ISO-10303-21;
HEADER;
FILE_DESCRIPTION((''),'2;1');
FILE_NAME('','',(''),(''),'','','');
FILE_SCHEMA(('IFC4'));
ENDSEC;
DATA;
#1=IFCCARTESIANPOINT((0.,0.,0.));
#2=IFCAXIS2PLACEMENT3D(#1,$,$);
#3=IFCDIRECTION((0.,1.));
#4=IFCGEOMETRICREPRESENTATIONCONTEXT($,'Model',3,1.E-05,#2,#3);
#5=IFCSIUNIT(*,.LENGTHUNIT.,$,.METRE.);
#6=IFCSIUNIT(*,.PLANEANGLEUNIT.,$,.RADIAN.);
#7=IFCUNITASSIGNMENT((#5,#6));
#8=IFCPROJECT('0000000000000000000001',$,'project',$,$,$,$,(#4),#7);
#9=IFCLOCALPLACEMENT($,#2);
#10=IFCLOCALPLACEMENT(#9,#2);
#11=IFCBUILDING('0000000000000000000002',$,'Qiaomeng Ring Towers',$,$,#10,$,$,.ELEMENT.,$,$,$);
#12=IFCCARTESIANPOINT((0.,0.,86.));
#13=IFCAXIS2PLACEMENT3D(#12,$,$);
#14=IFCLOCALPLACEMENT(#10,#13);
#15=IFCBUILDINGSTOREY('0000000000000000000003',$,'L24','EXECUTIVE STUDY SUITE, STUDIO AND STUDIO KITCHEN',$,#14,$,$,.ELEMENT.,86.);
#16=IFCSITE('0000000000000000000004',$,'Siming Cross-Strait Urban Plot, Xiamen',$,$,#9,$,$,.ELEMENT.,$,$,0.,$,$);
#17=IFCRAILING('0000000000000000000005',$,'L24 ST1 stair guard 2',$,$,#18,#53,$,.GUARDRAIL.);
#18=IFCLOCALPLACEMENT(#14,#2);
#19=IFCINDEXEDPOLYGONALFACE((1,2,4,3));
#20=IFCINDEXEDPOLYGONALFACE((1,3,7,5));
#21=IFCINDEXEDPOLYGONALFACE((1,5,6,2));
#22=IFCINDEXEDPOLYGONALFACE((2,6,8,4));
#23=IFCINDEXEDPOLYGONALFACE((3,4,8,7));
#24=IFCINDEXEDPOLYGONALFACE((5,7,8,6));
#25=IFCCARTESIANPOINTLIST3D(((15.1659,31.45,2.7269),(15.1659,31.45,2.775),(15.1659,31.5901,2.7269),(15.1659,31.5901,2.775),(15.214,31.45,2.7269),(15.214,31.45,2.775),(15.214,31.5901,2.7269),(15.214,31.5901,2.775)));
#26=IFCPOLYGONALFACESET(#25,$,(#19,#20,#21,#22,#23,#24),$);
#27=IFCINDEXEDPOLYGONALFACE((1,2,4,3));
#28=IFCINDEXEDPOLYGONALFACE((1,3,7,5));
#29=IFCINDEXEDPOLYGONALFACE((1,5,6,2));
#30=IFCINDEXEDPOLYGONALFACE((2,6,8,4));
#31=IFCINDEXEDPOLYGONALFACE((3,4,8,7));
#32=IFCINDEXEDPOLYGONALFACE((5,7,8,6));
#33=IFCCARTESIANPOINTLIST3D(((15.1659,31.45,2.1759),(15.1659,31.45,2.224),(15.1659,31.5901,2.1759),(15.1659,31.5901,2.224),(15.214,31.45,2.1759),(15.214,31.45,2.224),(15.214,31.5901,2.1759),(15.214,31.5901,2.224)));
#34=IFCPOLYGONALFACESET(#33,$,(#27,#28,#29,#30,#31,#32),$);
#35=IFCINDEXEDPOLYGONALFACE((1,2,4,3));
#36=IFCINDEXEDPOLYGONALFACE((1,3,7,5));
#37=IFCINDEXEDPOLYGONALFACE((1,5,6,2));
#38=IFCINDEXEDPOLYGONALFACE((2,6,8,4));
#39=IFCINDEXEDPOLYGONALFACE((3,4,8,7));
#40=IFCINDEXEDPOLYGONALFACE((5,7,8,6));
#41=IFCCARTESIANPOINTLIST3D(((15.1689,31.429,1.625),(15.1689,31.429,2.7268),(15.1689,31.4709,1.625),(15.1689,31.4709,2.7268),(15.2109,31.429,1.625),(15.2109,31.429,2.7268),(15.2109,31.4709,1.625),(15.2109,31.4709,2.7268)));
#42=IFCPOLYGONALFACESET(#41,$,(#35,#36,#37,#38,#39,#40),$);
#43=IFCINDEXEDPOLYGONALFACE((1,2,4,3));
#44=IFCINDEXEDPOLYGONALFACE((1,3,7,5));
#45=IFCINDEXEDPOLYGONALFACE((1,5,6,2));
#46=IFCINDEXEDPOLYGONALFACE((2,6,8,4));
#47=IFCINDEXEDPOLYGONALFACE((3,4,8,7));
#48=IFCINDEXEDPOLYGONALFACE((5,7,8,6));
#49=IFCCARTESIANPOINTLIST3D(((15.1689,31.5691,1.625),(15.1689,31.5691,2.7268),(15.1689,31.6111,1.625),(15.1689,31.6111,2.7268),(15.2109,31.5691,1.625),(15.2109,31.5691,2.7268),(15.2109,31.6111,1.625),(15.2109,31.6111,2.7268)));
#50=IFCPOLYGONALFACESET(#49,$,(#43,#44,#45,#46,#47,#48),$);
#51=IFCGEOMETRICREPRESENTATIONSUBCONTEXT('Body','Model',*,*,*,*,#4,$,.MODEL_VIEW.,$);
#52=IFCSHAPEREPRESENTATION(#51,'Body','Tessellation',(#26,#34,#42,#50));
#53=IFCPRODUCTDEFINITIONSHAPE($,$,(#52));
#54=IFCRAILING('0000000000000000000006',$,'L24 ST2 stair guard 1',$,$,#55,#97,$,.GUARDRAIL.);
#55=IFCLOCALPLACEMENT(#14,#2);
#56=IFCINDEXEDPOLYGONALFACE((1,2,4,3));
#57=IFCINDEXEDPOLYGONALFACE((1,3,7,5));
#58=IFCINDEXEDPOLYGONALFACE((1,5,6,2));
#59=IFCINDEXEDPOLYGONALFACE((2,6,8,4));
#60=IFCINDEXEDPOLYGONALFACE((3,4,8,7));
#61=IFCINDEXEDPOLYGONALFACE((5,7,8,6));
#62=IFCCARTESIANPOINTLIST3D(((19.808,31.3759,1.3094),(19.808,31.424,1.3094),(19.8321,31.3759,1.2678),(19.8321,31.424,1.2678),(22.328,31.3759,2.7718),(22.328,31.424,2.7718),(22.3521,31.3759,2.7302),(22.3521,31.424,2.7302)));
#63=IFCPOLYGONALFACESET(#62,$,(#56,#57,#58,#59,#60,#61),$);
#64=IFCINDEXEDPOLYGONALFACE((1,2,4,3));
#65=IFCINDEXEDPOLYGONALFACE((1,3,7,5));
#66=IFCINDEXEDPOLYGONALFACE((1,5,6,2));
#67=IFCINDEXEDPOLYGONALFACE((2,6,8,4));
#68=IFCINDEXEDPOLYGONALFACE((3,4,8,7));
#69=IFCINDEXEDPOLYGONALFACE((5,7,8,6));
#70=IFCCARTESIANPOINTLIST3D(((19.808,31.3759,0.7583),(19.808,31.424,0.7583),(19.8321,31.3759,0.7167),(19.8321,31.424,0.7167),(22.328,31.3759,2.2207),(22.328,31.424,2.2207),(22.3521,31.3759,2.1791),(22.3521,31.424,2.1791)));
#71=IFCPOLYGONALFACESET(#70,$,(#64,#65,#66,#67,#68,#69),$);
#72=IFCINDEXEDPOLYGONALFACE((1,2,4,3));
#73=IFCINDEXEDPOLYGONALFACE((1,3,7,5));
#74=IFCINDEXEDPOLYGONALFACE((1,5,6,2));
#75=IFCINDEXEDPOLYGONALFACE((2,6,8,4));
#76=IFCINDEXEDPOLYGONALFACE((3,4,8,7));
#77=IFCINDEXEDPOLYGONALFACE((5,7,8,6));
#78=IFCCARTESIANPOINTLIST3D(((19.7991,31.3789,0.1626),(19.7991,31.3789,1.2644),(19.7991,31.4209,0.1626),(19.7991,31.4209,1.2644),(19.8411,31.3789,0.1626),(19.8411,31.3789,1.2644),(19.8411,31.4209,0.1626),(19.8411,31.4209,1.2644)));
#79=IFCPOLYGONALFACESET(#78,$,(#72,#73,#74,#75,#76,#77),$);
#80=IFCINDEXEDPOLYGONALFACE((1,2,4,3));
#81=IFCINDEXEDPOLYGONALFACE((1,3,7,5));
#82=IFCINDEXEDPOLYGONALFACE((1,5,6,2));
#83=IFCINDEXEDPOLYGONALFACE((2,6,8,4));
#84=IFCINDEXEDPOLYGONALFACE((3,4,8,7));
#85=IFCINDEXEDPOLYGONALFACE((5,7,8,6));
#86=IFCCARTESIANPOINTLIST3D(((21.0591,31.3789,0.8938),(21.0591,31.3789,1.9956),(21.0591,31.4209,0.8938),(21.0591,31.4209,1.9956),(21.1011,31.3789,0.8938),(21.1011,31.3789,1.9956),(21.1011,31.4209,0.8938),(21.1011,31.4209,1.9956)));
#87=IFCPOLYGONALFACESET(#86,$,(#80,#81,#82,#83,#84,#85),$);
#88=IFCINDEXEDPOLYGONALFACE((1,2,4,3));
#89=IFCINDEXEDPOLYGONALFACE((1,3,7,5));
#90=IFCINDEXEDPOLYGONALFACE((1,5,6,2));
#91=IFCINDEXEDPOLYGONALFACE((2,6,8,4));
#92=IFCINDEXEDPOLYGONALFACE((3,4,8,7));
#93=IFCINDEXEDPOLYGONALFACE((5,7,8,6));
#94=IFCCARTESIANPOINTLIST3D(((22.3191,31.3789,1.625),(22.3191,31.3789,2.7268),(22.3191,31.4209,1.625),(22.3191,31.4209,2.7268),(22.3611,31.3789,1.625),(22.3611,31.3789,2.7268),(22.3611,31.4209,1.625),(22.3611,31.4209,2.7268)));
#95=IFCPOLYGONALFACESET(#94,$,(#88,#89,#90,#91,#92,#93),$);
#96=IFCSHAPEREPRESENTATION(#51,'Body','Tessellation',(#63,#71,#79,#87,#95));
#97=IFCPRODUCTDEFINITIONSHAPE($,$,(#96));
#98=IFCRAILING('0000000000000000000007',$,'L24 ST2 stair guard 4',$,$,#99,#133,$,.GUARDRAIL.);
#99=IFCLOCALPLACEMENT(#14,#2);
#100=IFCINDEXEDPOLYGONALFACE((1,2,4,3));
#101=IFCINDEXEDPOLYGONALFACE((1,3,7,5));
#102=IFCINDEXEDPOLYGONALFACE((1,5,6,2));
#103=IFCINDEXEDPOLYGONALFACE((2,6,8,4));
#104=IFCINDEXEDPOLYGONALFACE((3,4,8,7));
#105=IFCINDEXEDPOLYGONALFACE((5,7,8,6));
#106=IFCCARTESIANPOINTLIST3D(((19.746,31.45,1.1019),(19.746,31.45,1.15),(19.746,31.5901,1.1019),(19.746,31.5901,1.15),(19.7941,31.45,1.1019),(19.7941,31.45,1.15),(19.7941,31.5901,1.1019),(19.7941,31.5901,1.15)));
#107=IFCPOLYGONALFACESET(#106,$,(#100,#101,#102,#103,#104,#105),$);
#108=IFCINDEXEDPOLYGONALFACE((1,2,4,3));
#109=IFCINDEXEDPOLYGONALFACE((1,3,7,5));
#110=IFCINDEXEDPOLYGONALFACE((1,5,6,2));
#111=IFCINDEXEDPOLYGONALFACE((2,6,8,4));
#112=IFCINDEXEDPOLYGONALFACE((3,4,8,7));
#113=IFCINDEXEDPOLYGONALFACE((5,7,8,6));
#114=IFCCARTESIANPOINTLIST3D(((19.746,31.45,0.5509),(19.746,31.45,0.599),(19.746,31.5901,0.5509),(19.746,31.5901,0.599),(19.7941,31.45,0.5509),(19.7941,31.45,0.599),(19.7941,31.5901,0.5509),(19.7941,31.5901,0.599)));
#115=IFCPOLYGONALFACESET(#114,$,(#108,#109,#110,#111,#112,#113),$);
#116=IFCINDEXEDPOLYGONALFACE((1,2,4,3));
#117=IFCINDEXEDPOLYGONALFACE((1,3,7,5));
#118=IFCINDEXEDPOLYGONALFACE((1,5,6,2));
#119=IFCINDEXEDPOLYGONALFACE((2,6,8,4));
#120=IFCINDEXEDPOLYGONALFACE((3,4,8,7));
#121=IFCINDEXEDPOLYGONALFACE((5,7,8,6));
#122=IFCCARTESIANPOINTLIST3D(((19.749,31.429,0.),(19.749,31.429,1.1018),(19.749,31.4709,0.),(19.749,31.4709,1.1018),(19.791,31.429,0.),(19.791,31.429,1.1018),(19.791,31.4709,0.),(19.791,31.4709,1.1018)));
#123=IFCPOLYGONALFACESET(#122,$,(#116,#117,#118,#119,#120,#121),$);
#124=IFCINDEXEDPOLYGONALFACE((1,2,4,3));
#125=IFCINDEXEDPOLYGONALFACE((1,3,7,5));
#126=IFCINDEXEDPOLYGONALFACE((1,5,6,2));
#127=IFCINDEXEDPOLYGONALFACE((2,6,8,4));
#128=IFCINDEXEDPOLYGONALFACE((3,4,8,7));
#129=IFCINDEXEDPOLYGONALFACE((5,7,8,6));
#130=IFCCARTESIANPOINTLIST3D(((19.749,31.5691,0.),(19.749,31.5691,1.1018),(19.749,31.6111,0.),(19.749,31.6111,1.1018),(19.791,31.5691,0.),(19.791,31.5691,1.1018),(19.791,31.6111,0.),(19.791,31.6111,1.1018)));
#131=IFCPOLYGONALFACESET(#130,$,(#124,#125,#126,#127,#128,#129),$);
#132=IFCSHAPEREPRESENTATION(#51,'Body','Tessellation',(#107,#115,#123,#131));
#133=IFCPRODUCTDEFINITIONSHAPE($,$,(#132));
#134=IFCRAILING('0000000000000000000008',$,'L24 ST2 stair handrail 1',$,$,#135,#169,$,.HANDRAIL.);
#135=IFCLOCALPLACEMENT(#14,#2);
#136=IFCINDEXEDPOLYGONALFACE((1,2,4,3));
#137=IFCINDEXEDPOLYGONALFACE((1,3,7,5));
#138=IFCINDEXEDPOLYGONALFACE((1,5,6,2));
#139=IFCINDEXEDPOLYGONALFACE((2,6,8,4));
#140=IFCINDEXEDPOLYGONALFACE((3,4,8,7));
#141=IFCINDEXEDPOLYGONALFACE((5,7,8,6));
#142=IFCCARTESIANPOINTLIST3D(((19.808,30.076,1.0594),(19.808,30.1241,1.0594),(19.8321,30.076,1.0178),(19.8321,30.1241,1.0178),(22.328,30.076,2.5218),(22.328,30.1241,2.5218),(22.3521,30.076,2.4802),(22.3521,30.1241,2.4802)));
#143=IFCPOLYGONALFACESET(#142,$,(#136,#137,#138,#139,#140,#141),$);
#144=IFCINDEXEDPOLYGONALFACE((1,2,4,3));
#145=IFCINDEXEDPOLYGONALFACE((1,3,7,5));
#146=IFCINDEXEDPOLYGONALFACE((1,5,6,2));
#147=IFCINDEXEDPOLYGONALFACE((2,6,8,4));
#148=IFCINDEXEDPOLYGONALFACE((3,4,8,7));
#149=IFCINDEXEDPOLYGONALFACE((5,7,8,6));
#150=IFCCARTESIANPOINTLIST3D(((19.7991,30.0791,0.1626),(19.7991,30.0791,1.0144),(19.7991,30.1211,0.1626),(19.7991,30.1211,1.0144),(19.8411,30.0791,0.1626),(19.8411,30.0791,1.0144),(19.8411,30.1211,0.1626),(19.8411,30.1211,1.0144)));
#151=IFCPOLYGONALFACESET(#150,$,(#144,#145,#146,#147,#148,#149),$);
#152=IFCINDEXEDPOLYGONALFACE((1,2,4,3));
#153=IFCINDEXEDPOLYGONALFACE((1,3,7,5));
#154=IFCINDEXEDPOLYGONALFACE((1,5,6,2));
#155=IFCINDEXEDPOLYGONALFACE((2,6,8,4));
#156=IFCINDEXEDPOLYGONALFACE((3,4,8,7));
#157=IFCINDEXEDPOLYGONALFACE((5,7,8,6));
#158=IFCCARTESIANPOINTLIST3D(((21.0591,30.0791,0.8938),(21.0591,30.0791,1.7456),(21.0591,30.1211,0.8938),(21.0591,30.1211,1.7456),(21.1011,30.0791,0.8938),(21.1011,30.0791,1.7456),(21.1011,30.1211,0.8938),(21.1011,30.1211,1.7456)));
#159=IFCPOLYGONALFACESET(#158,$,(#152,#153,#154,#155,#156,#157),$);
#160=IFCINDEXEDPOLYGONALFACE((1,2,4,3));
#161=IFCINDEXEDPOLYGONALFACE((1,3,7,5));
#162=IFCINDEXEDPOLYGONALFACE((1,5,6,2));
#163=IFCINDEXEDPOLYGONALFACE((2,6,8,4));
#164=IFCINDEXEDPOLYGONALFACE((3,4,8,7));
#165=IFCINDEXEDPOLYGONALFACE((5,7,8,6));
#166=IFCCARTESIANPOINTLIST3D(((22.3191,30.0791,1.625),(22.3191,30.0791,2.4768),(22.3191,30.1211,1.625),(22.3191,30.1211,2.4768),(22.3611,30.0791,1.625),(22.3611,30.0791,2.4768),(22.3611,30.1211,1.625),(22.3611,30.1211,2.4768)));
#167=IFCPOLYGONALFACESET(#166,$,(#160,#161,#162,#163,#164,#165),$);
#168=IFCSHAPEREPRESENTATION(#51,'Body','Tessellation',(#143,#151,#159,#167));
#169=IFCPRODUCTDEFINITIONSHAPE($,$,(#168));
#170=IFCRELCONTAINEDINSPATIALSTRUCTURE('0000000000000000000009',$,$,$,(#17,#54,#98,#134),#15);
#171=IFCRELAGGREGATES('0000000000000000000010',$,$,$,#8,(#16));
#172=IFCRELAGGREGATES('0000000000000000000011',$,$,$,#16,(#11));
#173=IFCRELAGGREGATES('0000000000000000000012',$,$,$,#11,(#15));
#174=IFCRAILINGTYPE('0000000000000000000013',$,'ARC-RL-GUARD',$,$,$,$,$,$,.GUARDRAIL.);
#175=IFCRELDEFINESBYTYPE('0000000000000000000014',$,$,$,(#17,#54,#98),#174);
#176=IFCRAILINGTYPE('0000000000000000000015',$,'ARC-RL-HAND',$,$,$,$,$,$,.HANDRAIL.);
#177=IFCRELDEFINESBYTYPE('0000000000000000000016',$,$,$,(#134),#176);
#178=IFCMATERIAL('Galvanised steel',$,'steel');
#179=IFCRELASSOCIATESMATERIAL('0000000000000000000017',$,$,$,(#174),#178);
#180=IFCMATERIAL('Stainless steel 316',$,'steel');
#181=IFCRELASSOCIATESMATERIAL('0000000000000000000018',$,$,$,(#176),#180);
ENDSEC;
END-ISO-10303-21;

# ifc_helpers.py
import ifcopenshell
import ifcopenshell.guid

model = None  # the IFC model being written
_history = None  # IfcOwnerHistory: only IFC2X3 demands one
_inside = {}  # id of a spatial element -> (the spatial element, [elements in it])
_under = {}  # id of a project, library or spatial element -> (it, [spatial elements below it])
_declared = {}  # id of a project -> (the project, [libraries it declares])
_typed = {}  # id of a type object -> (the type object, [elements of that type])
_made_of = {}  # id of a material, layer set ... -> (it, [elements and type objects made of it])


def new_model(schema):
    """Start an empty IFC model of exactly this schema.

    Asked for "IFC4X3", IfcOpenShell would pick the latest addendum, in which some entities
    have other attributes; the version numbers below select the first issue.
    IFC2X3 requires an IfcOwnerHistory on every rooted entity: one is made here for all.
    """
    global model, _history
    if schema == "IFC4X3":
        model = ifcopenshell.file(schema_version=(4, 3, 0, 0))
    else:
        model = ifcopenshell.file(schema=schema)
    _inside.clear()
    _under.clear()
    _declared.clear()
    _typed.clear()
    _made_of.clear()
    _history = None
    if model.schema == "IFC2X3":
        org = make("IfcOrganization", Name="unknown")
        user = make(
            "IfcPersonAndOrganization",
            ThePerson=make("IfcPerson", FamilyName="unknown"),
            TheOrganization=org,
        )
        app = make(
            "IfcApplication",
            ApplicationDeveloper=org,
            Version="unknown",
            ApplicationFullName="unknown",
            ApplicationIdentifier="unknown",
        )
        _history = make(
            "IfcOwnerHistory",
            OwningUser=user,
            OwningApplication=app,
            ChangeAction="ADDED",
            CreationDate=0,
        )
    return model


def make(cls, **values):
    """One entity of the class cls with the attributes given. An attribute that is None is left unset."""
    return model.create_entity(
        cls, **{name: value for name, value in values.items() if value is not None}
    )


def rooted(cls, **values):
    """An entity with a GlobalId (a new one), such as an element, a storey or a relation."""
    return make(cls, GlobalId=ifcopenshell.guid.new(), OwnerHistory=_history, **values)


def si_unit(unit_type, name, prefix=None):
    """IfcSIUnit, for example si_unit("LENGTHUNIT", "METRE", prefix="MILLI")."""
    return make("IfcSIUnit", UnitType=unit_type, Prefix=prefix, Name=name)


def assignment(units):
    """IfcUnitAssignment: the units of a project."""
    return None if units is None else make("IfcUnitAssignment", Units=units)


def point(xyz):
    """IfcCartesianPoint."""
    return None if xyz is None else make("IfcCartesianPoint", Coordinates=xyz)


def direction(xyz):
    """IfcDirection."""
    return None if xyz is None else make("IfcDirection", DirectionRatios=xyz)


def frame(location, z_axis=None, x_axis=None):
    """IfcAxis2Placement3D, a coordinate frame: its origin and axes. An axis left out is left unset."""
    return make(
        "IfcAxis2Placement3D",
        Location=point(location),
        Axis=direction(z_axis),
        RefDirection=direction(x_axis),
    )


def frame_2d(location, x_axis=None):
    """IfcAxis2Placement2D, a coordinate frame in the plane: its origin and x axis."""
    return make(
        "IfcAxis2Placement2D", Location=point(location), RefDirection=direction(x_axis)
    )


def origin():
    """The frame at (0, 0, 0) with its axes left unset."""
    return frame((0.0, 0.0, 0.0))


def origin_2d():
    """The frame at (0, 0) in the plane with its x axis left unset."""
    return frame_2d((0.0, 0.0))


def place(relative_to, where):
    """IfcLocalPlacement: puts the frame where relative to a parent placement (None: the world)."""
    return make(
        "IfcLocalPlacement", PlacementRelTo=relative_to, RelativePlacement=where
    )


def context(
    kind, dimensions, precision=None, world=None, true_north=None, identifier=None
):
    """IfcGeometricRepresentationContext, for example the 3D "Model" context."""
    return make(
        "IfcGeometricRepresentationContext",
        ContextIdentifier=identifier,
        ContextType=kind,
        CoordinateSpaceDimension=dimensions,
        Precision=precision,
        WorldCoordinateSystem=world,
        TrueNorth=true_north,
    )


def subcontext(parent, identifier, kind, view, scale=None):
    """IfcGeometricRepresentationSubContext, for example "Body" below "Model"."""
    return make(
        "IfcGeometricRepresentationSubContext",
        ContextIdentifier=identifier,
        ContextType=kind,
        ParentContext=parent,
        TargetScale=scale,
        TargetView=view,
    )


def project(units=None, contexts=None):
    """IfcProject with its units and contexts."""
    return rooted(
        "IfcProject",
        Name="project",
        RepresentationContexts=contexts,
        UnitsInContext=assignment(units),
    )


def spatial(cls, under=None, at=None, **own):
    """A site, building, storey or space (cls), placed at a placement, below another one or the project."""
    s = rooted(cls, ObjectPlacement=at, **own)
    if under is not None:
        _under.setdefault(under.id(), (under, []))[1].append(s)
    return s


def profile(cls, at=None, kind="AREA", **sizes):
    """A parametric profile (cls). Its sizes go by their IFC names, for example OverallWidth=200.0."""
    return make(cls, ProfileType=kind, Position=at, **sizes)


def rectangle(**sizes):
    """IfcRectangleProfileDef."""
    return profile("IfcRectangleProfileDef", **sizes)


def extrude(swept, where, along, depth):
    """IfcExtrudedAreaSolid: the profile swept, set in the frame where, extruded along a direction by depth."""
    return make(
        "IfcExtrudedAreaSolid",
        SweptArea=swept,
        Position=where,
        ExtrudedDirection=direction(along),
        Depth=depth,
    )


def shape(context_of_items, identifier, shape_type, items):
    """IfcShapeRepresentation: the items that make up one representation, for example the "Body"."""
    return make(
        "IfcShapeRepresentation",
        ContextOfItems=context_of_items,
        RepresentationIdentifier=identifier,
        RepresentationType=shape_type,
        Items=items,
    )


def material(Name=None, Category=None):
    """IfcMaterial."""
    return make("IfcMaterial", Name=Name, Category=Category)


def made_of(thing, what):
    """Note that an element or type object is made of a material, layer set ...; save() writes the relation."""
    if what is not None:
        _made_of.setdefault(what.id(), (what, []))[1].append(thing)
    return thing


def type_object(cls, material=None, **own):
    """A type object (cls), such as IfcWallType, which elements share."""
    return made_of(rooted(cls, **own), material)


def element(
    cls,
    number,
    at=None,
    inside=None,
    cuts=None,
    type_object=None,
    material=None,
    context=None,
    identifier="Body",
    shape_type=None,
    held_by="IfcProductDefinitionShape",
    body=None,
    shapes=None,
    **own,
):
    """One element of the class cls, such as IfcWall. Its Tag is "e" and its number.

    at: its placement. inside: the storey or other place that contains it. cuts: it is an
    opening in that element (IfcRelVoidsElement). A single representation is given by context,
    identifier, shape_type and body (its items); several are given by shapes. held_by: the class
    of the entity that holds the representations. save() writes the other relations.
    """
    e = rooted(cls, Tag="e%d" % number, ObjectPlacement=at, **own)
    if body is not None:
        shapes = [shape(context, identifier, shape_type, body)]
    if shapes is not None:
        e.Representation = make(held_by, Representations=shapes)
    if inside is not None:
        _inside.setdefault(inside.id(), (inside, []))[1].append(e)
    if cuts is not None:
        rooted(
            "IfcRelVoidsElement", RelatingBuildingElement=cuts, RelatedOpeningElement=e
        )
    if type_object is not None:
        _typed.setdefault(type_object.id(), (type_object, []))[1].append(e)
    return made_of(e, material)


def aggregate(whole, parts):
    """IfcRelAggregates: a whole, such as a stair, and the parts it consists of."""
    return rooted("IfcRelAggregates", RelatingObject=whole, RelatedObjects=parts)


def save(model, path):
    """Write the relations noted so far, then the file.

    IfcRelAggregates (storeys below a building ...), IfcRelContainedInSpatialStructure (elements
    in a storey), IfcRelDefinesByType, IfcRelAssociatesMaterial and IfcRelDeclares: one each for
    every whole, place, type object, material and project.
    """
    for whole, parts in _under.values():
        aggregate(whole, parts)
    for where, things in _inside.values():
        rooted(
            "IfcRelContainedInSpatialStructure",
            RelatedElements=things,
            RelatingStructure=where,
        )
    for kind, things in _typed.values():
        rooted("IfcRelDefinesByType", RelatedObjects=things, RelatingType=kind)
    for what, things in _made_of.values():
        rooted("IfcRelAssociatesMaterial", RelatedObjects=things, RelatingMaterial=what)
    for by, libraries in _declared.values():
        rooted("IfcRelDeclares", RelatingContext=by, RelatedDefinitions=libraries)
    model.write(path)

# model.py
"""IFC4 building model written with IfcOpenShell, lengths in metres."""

from ifc_helpers import new_model, si_unit, direction, frame, origin, origin_2d, place, context, subcontext, project, spatial, rectangle, extrude, material, type_object, element, save


model = new_model("IFC4")

# Units and contexts
model_context = context("Model", 3, precision=1e-05, world=origin(), true_north=direction((0.0, 1.0)))
body_context = subcontext(model_context, "Body", "Model", "MODEL_VIEW")
ifc_project = project(units=[si_unit("LENGTHUNIT", "METRE"), si_unit("PLANEANGLEUNIT", "RADIAN")], contexts=[model_context])

# Site, building, storey
site_placement = place(None, origin())
site = spatial("IfcSite", under=ifc_project, at=site_placement, Name="Siming Cross-Strait Urban Plot, Xiamen", CompositionType="ELEMENT", RefElevation=0.0)
building_placement = place(site_placement, origin())
building = spatial("IfcBuilding", under=site, at=building_placement, Name="Qiaomeng Ring Towers", CompositionType="ELEMENT")
storey_placement = place(building_placement, frame((0.0, 0.0, 86.0)))
storey = spatial("IfcBuildingStorey", under=building, at=storey_placement, Name="L24", Description="EXECUTIVE STUDY SUITE, STUDIO AND STUDIO KITCHEN", CompositionType="ELEMENT", Elevation=86.0)

# Shared definitions
ifc_material_1 = material(Name="Galvanised steel", Category="steel")

# Shared definitions
ifc_material_2 = material(Name="Stainless steel 316", Category="steel")

# Railings
railing_type_1 = type_object("IfcRailingType", Name="ARC-RL-GUARD", PredefinedType="GUARDRAIL", material=ifc_material_1)
railing_1_placement = place(storey_placement, frame((15.1899, 31.45, 1.625)))
element("IfcRailing", 1, at=railing_1_placement, inside=storey, type_object=railing_type_1, Name="L24 ST1 stair guard 2", PredefinedType="GUARDRAIL", context=body_context, shape_type="SweptSolid", body=[
    extrude(rectangle(XDim=0.0481, YDim=0.0481, at=origin_2d()), frame((0.0, 0.0, 1.126), z_axis=(0.0, 1.0, 0.0), x_axis=(-1.0, 0.0, 0.0)), (0.0, 0.0, 1.0), 0.1401),
    extrude(rectangle(XDim=0.0481, YDim=0.0481, at=origin_2d()), frame((0.0, 0.0, 0.575), z_axis=(0.0, 1.0, 0.0), x_axis=(-1.0, 0.0, 0.0)), (0.0, 0.0, 1.0), 0.1401),
    extrude(rectangle(XDim=0.042, YDim=0.042, at=origin_2d()), origin(), (0.0, 0.0, 1.0), 1.1018),
    extrude(rectangle(XDim=0.042, YDim=0.042, at=origin_2d()), frame((0.0, 0.1401, 0.0)), (0.0, 0.0, 1.0), 1.1018),
])
railing_2_placement = place(storey_placement, frame((19.8201, 31.3999, 0.1626)))
element("IfcRailing", 2, at=railing_2_placement, inside=storey, type_object=railing_type_1, Name="L24 ST2 stair guard 1", PredefinedType="GUARDRAIL", context=body_context, shape_type="SweptSolid", body=[
    extrude(rectangle(XDim=0.0481, YDim=0.0481, at=origin_2d()), frame((0.0, 0.0, 1.126), z_axis=(0.864913, 0.0, 0.501921), x_axis=(0.0, 1.0, 0.0)), (0.0, 0.0, 1.0), 2.9136),
    extrude(rectangle(XDim=0.0481, YDim=0.0481, at=origin_2d()), frame((0.0, 0.0, 0.575), z_axis=(0.864913, 0.0, 0.501921), x_axis=(0.0, 1.0, 0.0)), (0.0, 0.0, 1.0), 2.9136),
    extrude(rectangle(XDim=0.042, YDim=0.042, at=origin_2d()), origin(), (0.0, 0.0, 1.0), 1.1018),
    extrude(rectangle(XDim=0.042, YDim=0.042, at=origin_2d()), frame((1.26, 0.0, 0.7312)), (0.0, 0.0, 1.0), 1.1018),
    extrude(rectangle(XDim=0.042, YDim=0.042, at=origin_2d()), frame((2.52, 0.0, 1.4624)), (0.0, 0.0, 1.0), 1.1018),
])
railing_3_placement = place(storey_placement, frame((19.77, 31.45, 0.0)))
element("IfcRailing", 3, at=railing_3_placement, inside=storey, type_object=railing_type_1, Name="L24 ST2 stair guard 4", PredefinedType="GUARDRAIL", context=body_context, shape_type="SweptSolid", body=[
    extrude(rectangle(XDim=0.0481, YDim=0.0481, at=origin_2d()), frame((0.0, 0.0, 1.126), z_axis=(0.0, 1.0, 0.0), x_axis=(-1.0, 0.0, 0.0)), (0.0, 0.0, 1.0), 0.1401),
    extrude(rectangle(XDim=0.0481, YDim=0.0481, at=origin_2d()), frame((0.0, 0.0, 0.575), z_axis=(0.0, 1.0, 0.0), x_axis=(-1.0, 0.0, 0.0)), (0.0, 0.0, 1.0), 0.1401),
    extrude(rectangle(XDim=0.042, YDim=0.042, at=origin_2d()), origin(), (0.0, 0.0, 1.0), 1.1018),
    extrude(rectangle(XDim=0.042, YDim=0.042, at=origin_2d()), frame((0.0, 0.1401, 0.0)), (0.0, 0.0, 1.0), 1.1018),
])
railing_type_2 = type_object("IfcRailingType", Name="ARC-RL-HAND", PredefinedType="HANDRAIL", material=ifc_material_2)
railing_4_placement = place(storey_placement, frame((19.8201, 30.1001, 0.1626)))
element("IfcRailing", 4, at=railing_4_placement, inside=storey, type_object=railing_type_2, Name="L24 ST2 stair handrail 1", PredefinedType="HANDRAIL", context=body_context, shape_type="SweptSolid", body=[
    extrude(rectangle(XDim=0.0481, YDim=0.0481, at=origin_2d()), frame((0.0, 0.0, 0.876), z_axis=(0.864913, 0.0, 0.501921), x_axis=(0.0, 1.0, 0.0)), (0.0, 0.0, 1.0), 2.9136),
    extrude(rectangle(XDim=0.042, YDim=0.042, at=origin_2d()), origin(), (0.0, 0.0, 1.0), 0.8518),
    extrude(rectangle(XDim=0.042, YDim=0.042, at=origin_2d()), frame((1.26, 0.0, 0.7312)), (0.0, 0.0, 1.0), 0.8518),
    extrude(rectangle(XDim=0.042, YDim=0.042, at=origin_2d()), frame((2.52, 0.0, 1.4624)), (0.0, 0.0, 1.0), 0.8518),
])

save(model, "model.ifc")
